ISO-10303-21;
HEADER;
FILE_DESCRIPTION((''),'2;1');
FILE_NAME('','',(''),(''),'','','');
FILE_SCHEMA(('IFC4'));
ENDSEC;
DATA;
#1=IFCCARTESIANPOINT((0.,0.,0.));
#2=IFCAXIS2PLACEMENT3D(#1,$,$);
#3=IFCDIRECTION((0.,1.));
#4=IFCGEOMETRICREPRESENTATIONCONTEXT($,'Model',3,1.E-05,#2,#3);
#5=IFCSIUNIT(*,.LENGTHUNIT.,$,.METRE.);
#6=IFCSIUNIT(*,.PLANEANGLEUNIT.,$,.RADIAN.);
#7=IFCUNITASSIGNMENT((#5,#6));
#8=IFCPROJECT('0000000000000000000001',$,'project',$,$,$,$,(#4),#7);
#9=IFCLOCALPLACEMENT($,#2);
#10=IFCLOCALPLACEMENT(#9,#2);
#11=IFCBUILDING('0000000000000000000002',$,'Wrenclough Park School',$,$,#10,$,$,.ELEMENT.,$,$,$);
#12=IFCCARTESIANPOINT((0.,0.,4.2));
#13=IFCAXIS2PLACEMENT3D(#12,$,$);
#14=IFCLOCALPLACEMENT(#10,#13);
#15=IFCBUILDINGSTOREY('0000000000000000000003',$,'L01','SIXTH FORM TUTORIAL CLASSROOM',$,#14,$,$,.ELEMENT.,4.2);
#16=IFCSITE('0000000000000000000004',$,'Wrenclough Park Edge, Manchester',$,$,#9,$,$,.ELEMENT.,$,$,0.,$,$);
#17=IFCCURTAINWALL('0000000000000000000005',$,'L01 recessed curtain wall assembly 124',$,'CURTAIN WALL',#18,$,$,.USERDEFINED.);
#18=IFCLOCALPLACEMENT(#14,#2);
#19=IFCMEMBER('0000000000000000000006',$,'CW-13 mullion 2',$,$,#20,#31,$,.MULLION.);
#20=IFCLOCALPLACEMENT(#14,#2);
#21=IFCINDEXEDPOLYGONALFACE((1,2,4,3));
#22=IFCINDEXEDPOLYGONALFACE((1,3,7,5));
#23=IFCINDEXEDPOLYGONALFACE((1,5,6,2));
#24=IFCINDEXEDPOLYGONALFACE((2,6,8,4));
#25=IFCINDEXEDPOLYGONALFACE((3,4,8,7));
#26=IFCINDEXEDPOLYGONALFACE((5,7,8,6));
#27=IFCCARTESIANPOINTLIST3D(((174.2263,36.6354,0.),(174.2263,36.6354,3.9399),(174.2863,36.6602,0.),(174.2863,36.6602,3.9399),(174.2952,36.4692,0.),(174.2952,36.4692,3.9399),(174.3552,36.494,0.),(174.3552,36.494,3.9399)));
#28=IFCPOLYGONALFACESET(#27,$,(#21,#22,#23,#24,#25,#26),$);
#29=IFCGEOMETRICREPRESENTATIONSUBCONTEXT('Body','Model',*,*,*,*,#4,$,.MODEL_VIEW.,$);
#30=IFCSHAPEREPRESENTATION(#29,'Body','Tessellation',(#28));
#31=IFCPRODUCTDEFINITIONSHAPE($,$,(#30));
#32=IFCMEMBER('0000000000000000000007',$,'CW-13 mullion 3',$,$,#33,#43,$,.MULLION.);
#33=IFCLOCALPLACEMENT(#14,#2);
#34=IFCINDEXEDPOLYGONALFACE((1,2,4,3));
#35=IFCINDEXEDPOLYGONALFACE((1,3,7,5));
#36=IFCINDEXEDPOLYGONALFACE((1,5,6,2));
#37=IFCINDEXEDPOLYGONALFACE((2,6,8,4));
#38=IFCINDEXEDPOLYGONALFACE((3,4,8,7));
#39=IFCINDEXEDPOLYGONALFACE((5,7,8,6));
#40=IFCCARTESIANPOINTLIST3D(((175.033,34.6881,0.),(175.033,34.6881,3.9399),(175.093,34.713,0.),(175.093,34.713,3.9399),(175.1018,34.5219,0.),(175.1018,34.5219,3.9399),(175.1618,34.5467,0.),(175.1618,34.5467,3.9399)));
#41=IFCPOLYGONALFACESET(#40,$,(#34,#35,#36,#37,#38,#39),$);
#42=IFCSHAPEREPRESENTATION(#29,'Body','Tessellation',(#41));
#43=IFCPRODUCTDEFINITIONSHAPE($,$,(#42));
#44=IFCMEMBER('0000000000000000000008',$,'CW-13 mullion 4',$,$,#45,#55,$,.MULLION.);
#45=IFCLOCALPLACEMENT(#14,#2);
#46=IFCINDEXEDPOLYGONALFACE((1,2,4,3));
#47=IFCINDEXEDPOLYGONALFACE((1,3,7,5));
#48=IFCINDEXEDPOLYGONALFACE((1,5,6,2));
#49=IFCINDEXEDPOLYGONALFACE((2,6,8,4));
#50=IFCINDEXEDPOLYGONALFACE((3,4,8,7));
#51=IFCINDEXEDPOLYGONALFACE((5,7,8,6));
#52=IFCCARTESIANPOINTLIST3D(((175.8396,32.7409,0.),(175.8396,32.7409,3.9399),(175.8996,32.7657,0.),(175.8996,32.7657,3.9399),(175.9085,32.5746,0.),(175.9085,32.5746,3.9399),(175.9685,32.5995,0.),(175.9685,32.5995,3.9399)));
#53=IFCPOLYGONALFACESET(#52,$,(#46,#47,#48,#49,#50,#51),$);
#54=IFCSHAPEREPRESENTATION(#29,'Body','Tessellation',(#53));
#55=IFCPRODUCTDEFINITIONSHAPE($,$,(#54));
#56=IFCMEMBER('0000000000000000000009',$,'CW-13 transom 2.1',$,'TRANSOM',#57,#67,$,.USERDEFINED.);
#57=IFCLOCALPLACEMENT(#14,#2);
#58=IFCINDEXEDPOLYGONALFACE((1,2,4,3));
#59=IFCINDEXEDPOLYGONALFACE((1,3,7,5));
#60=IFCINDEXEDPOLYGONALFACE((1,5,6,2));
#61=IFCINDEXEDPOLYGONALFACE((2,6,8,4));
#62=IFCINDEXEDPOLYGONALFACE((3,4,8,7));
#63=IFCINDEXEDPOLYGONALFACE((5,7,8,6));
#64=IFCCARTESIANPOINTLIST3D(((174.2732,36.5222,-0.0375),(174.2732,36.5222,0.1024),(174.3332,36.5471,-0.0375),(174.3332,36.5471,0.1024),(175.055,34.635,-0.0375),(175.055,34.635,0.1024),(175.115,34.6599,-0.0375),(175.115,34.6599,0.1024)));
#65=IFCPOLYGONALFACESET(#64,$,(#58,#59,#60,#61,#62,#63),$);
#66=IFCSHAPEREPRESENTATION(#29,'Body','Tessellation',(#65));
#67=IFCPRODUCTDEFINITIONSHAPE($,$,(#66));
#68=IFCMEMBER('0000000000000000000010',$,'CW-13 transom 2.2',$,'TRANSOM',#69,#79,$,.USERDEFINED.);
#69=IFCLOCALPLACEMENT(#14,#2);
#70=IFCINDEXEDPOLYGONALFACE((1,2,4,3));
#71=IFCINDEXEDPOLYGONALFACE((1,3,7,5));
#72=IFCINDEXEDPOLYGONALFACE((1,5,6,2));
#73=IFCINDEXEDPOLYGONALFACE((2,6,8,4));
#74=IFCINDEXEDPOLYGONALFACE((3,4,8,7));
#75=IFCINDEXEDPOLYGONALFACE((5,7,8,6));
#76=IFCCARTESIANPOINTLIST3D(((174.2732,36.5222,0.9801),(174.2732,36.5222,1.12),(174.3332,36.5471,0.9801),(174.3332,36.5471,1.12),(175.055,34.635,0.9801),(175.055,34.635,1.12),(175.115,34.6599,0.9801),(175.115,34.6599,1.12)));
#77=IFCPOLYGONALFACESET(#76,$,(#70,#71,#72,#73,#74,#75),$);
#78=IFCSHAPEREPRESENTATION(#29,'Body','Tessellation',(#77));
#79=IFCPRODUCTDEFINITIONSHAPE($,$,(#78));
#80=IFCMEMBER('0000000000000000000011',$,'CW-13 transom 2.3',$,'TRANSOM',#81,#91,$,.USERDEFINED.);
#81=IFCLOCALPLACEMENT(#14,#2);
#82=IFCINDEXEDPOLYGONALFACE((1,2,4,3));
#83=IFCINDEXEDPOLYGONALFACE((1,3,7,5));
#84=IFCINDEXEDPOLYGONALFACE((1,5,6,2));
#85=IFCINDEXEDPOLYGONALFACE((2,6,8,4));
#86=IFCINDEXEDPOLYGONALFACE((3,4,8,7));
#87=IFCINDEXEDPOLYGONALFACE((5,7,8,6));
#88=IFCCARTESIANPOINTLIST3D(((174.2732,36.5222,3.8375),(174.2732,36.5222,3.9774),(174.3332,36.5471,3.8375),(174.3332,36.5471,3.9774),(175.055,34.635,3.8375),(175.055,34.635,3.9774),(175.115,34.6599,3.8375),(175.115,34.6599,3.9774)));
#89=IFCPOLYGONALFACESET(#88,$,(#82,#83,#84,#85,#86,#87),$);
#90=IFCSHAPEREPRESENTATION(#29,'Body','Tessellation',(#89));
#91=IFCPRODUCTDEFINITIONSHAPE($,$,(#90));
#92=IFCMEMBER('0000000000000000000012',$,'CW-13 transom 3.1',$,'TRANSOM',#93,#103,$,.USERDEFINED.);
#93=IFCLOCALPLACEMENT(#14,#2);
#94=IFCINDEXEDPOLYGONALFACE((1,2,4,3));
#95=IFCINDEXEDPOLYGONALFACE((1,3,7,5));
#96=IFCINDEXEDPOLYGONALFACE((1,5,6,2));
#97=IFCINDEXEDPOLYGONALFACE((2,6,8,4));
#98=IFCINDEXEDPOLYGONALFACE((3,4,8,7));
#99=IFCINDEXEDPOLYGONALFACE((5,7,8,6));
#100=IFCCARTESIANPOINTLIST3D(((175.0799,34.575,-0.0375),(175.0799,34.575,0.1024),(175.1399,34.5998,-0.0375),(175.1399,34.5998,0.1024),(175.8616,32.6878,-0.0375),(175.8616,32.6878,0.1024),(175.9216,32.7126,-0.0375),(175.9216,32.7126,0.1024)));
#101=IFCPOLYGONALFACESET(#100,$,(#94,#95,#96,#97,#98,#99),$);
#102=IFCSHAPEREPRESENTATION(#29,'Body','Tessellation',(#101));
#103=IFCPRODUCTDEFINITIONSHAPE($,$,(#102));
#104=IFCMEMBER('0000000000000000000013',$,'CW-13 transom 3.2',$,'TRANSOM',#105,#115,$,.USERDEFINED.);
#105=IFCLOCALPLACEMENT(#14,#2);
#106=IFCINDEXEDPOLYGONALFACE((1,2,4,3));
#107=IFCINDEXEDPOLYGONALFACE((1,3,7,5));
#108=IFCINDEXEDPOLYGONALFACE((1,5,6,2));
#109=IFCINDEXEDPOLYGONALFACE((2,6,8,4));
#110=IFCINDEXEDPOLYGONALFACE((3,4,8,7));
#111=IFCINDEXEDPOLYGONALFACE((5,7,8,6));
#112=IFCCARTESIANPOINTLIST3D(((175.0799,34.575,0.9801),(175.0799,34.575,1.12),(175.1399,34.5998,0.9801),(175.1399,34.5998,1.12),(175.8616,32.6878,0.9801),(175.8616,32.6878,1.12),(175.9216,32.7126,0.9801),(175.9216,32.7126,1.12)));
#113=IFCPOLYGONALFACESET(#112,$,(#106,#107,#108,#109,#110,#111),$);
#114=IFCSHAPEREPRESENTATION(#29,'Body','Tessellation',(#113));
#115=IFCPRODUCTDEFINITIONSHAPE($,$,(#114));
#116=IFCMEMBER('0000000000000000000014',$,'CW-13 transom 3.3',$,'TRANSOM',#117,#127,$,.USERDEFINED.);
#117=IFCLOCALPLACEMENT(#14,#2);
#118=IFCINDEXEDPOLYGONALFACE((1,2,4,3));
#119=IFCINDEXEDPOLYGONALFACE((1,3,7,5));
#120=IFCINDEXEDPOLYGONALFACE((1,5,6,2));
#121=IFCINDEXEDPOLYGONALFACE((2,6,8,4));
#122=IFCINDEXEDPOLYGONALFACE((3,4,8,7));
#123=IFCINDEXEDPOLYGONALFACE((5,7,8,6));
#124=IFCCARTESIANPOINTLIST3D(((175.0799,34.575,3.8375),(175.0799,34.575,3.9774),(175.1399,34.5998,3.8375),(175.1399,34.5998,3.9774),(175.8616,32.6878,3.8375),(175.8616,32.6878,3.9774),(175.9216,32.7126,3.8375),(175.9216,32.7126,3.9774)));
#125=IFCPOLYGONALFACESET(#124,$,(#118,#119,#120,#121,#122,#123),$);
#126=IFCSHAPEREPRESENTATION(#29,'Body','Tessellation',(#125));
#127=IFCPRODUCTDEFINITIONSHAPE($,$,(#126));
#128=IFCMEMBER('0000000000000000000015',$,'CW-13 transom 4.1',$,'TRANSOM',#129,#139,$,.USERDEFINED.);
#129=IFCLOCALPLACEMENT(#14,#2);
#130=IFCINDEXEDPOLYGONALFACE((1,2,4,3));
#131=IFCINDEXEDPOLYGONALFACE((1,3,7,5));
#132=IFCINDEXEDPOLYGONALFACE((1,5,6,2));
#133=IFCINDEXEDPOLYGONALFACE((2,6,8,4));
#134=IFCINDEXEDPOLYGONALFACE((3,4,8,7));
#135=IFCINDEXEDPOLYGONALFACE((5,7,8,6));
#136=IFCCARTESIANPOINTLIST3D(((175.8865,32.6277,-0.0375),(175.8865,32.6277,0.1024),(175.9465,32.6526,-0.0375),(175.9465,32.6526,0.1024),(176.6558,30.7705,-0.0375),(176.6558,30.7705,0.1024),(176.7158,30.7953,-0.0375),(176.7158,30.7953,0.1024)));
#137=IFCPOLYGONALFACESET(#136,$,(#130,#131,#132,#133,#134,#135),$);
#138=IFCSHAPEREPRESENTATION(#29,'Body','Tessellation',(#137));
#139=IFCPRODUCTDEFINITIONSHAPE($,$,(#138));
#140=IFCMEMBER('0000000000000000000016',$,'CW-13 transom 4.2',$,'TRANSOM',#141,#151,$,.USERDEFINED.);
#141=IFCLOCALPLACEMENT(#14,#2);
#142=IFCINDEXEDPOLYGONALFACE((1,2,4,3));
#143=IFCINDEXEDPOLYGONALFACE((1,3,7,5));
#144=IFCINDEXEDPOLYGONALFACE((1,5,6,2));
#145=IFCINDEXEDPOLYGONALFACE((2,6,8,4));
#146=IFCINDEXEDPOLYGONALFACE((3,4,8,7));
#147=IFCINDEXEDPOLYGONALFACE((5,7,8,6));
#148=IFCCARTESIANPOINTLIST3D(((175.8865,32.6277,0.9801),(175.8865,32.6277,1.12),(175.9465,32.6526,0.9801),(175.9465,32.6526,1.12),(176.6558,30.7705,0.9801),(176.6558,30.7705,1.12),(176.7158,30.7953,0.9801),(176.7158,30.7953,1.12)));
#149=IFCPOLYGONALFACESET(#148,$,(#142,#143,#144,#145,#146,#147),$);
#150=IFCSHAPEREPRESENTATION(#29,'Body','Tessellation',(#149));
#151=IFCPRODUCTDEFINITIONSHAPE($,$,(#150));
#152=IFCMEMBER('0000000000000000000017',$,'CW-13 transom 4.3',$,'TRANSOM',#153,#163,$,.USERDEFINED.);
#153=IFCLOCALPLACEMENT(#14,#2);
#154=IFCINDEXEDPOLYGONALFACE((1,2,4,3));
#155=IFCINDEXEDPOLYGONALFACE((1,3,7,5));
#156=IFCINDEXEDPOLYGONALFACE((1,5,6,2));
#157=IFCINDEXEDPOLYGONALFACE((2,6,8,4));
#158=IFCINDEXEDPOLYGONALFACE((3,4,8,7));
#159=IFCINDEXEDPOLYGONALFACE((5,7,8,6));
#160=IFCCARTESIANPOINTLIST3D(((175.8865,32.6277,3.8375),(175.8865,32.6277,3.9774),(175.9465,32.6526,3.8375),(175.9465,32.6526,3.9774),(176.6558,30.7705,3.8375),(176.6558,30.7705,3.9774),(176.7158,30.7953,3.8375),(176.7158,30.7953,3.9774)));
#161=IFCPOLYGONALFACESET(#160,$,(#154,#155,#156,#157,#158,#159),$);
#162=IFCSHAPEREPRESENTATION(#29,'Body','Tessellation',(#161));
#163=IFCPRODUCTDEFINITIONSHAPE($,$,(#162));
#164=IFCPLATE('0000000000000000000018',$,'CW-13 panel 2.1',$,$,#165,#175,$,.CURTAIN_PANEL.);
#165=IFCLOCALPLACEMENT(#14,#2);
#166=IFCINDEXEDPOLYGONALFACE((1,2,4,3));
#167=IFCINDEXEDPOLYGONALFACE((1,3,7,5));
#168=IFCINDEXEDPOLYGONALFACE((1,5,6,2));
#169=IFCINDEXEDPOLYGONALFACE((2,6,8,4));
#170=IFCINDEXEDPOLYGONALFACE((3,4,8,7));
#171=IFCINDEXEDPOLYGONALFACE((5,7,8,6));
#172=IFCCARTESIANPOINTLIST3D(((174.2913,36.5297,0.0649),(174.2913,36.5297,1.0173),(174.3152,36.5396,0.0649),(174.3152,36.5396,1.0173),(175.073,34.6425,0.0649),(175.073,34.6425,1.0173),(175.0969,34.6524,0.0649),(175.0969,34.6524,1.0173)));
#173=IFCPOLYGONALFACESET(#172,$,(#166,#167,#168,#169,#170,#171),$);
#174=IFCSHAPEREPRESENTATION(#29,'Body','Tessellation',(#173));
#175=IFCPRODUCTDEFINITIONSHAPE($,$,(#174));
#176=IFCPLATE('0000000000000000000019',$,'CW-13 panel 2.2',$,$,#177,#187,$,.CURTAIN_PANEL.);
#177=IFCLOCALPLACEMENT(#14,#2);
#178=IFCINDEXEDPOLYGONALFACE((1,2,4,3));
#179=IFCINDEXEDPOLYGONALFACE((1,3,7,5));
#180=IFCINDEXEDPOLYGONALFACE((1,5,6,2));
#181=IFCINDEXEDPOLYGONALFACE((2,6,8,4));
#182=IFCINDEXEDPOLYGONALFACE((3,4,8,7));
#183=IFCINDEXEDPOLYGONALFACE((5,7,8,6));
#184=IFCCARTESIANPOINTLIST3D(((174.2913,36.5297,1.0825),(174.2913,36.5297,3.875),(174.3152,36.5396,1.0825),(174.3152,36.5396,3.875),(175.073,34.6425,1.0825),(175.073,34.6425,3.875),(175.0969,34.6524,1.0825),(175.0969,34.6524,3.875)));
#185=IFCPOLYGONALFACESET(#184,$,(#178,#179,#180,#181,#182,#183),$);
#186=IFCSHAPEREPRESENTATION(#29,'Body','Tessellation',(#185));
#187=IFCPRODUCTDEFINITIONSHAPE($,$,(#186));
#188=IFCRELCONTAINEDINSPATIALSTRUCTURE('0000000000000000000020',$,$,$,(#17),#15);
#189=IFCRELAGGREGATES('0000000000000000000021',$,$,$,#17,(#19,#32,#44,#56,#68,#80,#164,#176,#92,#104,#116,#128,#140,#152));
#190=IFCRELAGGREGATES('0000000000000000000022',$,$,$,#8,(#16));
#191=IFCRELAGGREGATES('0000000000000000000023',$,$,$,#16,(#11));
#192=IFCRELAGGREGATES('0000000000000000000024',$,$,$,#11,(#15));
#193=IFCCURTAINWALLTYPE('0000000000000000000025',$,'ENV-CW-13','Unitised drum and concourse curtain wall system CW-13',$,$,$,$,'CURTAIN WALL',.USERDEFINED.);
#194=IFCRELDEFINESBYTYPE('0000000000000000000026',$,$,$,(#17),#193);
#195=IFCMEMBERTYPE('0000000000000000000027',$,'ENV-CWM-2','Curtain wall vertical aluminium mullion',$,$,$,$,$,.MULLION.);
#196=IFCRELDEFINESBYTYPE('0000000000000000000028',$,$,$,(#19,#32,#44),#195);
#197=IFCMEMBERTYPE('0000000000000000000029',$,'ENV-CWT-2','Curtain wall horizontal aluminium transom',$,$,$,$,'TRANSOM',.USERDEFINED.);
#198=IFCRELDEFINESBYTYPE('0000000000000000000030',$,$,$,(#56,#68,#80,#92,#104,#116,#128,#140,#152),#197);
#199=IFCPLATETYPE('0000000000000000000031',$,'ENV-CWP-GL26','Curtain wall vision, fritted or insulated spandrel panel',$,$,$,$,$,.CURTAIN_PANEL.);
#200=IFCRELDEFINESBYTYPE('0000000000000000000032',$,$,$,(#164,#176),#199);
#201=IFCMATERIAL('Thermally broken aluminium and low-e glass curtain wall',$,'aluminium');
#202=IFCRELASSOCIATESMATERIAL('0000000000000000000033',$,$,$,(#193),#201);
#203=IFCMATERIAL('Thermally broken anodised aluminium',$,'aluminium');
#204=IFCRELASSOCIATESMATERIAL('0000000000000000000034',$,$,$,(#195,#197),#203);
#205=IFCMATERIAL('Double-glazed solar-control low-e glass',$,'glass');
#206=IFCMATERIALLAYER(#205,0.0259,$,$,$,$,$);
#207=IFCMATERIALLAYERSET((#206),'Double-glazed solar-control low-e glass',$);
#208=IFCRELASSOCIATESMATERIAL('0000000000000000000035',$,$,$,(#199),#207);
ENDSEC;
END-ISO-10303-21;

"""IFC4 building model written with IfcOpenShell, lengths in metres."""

from ifc_helpers import new_model, si_unit, direction, frame, origin, origin_2d, place, context, subcontext, project, spatial, rectangle, extrude, material, layer, layer_set, material_profile, profile_set, type_object, element, aggregate, save


model = new_model("IFC4")

# Units and contexts
model_context = context("Model", 3, precision=1e-05, world=origin(), true_north=direction((0.0, 1.0)))
body_context = subcontext(model_context, "Body", "Model", "MODEL_VIEW")
ifc_project = project(units=[si_unit("LENGTHUNIT", "METRE"), si_unit("PLANEANGLEUNIT", "RADIAN")], contexts=[model_context])

# Site, building, storey
site_placement = place(None, origin())
site = spatial("IfcSite", under=ifc_project, at=site_placement, Name="Wrenclough Park Edge, Manchester", CompositionType="ELEMENT", RefElevation=0.0)
building_placement = place(site_placement, origin())
building = spatial("IfcBuilding", under=site, at=building_placement, Name="Wrenclough Park School", CompositionType="ELEMENT")
storey_placement = place(building_placement, frame((0.0, 0.0, 4.2)))
storey = spatial("IfcBuildingStorey", under=building, at=storey_placement, Name="L01", Description="SIXTH FORM TUTORIAL CLASSROOM", CompositionType="ELEMENT", Elevation=4.2)

# Curtain wall, members, plates
ifc_material_1 = material(Name="Thermally broken aluminium and low-e glass curtain wall", Category="aluminium")
curtain_wall_type = type_object("IfcCurtainWallType", Name="ENV-CW-13", Description="Unitised drum and concourse curtain wall system CW-13", ElementType="CURTAIN WALL", PredefinedType="USERDEFINED", material=ifc_material_1)
curtain_wall_placement = place(storey_placement, origin())
curtain_wall = element("IfcCurtainWall", 1, at=curtain_wall_placement, inside=storey, type_object=curtain_wall_type, Name="L01 recessed curtain wall assembly 124", ObjectType="CURTAIN WALL", PredefinedType="USERDEFINED")
ifc_material_2 = material(Name="Thermally broken anodised aluminium", Category="aluminium")
ifc_material_profile_1 = material_profile(ifc_material_2, rectangle(XDim=0.0649, YDim=0.1799, at=origin_2d()), Name="AL MULLION 65x180")
ifc_profile_set_1 = profile_set([ifc_material_profile_1], Name="Thermally broken anodised aluminium")
member_type_1 = type_object("IfcMemberType", Name="ENV-CWM-2", Description="Curtain wall vertical aluminium mullion", PredefinedType="MULLION", material=ifc_profile_set_1)
member_1_placement = place(storey_placement, frame((174.2908, 36.5647, 0.0), z_axis=(0.0, 0.0, 1.0), x_axis=(0.923878, 0.382687, 0.0)))
member_1 = element("IfcMember", 2, at=member_1_placement, type_object=member_type_1, Name="CW-13 mullion 2", PredefinedType="MULLION", context=body_context, shape_type="SweptSolid", body=[
    extrude(rectangle(XDim=0.0649, YDim=0.1799, at=origin_2d()), origin(), (0.0, 0.0, 1.0), 3.9399),
])
member_2_placement = place(storey_placement, frame((175.0974, 34.6174, 0.0), z_axis=(0.0, 0.0, 1.0), x_axis=(0.923878, 0.382687, 0.0)))
member_2 = element("IfcMember", 3, at=member_2_placement, type_object=member_type_1, Name="CW-13 mullion 3", PredefinedType="MULLION", context=body_context, shape_type="SweptSolid", body=[
    extrude(rectangle(XDim=0.0649, YDim=0.1799, at=origin_2d()), origin(), (0.0, 0.0, 1.0), 3.9399),
])
member_3_placement = place(storey_placement, frame((175.9041, 32.6702, 0.0), z_axis=(0.0, 0.0, 1.0), x_axis=(0.923878, 0.382687, 0.0)))
member_3 = element("IfcMember", 4, at=member_3_placement, type_object=member_type_1, Name="CW-13 mullion 4", PredefinedType="MULLION", context=body_context, shape_type="SweptSolid", body=[
    extrude(rectangle(XDim=0.0649, YDim=0.1799, at=origin_2d()), origin(), (0.0, 0.0, 1.0), 3.9399),
])
ifc_material_profile_2 = material_profile(ifc_material_2, rectangle(XDim=0.0649, YDim=0.1399, at=origin_2d()), Name="AL TRANSOM 65x140")
ifc_profile_set_2 = profile_set([ifc_material_profile_2], Name="Thermally broken anodised aluminium")
member_type_2 = type_object("IfcMemberType", Name="ENV-CWT-2", Description="Curtain wall horizontal aluminium transom", ElementType="TRANSOM", PredefinedType="USERDEFINED", material=ifc_profile_set_2)
member_4_placement = place(storey_placement, frame((174.3032, 36.5347, 0.0325), z_axis=(0.382697, -0.923874, 0.0), x_axis=(0.923874, 0.382697, 0.0)))
member_4 = element("IfcMember", 5, at=member_4_placement, type_object=member_type_2, Name="CW-13 transom 2.1", ObjectType="TRANSOM", PredefinedType="USERDEFINED", context=body_context, shape_type="SweptSolid", body=[
    extrude(rectangle(XDim=0.0649, YDim=0.1399, at=origin_2d()), origin(), (0.0, 0.0, 1.0), 2.0427),
])
member_5_placement = place(storey_placement, frame((174.3032, 36.5347, 1.05), z_axis=(0.382697, -0.923874, 0.0), x_axis=(0.923874, 0.382697, 0.0)))
member_5 = element("IfcMember", 6, at=member_5_placement, type_object=member_type_2, Name="CW-13 transom 2.2", ObjectType="TRANSOM", PredefinedType="USERDEFINED", context=body_context, shape_type="SweptSolid", body=[
    extrude(rectangle(XDim=0.0649, YDim=0.1399, at=origin_2d()), origin(), (0.0, 0.0, 1.0), 2.0427),
])
member_6_placement = place(storey_placement, frame((174.3032, 36.5347, 3.9075), z_axis=(0.382697, -0.923874, 0.0), x_axis=(0.923874, 0.382697, 0.0)))
member_6 = element("IfcMember", 7, at=member_6_placement, type_object=member_type_2, Name="CW-13 transom 2.3", ObjectType="TRANSOM", PredefinedType="USERDEFINED", context=body_context, shape_type="SweptSolid", body=[
    extrude(rectangle(XDim=0.0649, YDim=0.1399, at=origin_2d()), origin(), (0.0, 0.0, 1.0), 2.0427),
])
member_7_placement = place(storey_placement, frame((175.1099, 34.5874, 0.0325), z_axis=(0.382697, -0.923874, 0.0), x_axis=(0.923874, 0.382697, 0.0)))
member_7 = element("IfcMember", 8, at=member_7_placement, type_object=member_type_2, Name="CW-13 transom 3.1", ObjectType="TRANSOM", PredefinedType="USERDEFINED", context=body_context, shape_type="SweptSolid", body=[
    extrude(rectangle(XDim=0.0649, YDim=0.1399, at=origin_2d()), origin(), (0.0, 0.0, 1.0), 2.0427),
])
member_8_placement = place(storey_placement, frame((175.1099, 34.5874, 1.05), z_axis=(0.382697, -0.923874, 0.0), x_axis=(0.923874, 0.382697, 0.0)))
member_8 = element("IfcMember", 9, at=member_8_placement, type_object=member_type_2, Name="CW-13 transom 3.2", ObjectType="TRANSOM", PredefinedType="USERDEFINED", context=body_context, shape_type="SweptSolid", body=[
    extrude(rectangle(XDim=0.0649, YDim=0.1399, at=origin_2d()), origin(), (0.0, 0.0, 1.0), 2.0427),
])
member_9_placement = place(storey_placement, frame((175.1099, 34.5874, 3.9075), z_axis=(0.382697, -0.923874, 0.0), x_axis=(0.923874, 0.382697, 0.0)))
member_9 = element("IfcMember", 10, at=member_9_placement, type_object=member_type_2, Name="CW-13 transom 3.3", ObjectType="TRANSOM", PredefinedType="USERDEFINED", context=body_context, shape_type="SweptSolid", body=[
    extrude(rectangle(XDim=0.0649, YDim=0.1399, at=origin_2d()), origin(), (0.0, 0.0, 1.0), 2.0427),
])
member_10_placement = place(storey_placement, frame((175.9165, 32.6401, 0.0325), z_axis=(0.382691, -0.923876, 0.0), x_axis=(0.923876, 0.382691, 0.0)))
member_10 = element("IfcMember", 11, at=member_10_placement, type_object=member_type_2, Name="CW-13 transom 4.1", ObjectType="TRANSOM", PredefinedType="USERDEFINED", context=body_context, shape_type="SweptSolid", body=[
    extrude(rectangle(XDim=0.0649, YDim=0.1399, at=origin_2d()), origin(), (0.0, 0.0, 1.0), 2.0103),
])
member_11_placement = place(storey_placement, frame((175.9165, 32.6401, 1.05), z_axis=(0.382691, -0.923876, 0.0), x_axis=(0.923876, 0.382691, 0.0)))
member_11 = element("IfcMember", 12, at=member_11_placement, type_object=member_type_2, Name="CW-13 transom 4.2", ObjectType="TRANSOM", PredefinedType="USERDEFINED", context=body_context, shape_type="SweptSolid", body=[
    extrude(rectangle(XDim=0.0649, YDim=0.1399, at=origin_2d()), origin(), (0.0, 0.0, 1.0), 2.0103),
])
member_12_placement = place(storey_placement, frame((175.9165, 32.6401, 3.9075), z_axis=(0.382691, -0.923876, 0.0), x_axis=(0.923876, 0.382691, 0.0)))
member_12 = element("IfcMember", 13, at=member_12_placement, type_object=member_type_2, Name="CW-13 transom 4.3", ObjectType="TRANSOM", PredefinedType="USERDEFINED", context=body_context, shape_type="SweptSolid", body=[
    extrude(rectangle(XDim=0.0649, YDim=0.1399, at=origin_2d()), origin(), (0.0, 0.0, 1.0), 2.0103),
])
ifc_material_3 = material(Name="Double-glazed solar-control low-e glass", Category="glass")
ifc_layer_1 = layer(ifc_material_3, 0.0259)
ifc_layer_set_1 = layer_set([ifc_layer_1], Name="Double-glazed solar-control low-e glass")
plate_type_1 = type_object("IfcPlateType", Name="ENV-CWP-GL26", Description="Curtain wall vision, fritted or insulated spandrel panel", PredefinedType="CURTAIN_PANEL", material=ifc_layer_set_1)
plate_1_placement = place(storey_placement, frame((174.6941, 35.5911, 0.0649), z_axis=(0.0, 0.0, 1.0), x_axis=(0.382687, -0.923878, 0.0)))
plate_1 = element("IfcPlate", 14, at=plate_1_placement, type_object=plate_type_1, Name="CW-13 panel 2.1", PredefinedType="CURTAIN_PANEL", context=body_context, shape_type="SweptSolid", body=[
    extrude(rectangle(XDim=2.0427, YDim=0.0259, at=origin_2d()), origin(), (0.0, 0.0, 1.0), 0.9524),
])
plate_2_placement = place(storey_placement, frame((174.6941, 35.5911, 1.0825), z_axis=(0.0, 0.0, 1.0), x_axis=(0.382687, -0.923878, 0.0)))
plate_2 = element("IfcPlate", 15, at=plate_2_placement, type_object=plate_type_1, Name="CW-13 panel 2.2", PredefinedType="CURTAIN_PANEL", context=body_context, shape_type="SweptSolid", body=[
    extrude(rectangle(XDim=2.0427, YDim=0.0259, at=origin_2d()), origin(), (0.0, 0.0, 1.0), 2.7925),
])
aggregate(curtain_wall, [member_1, member_2, member_3, member_4, member_5, member_6, plate_1, plate_2, member_7, member_8, member_9, member_10, member_11, member_12])

save(model, "model.ifc")
